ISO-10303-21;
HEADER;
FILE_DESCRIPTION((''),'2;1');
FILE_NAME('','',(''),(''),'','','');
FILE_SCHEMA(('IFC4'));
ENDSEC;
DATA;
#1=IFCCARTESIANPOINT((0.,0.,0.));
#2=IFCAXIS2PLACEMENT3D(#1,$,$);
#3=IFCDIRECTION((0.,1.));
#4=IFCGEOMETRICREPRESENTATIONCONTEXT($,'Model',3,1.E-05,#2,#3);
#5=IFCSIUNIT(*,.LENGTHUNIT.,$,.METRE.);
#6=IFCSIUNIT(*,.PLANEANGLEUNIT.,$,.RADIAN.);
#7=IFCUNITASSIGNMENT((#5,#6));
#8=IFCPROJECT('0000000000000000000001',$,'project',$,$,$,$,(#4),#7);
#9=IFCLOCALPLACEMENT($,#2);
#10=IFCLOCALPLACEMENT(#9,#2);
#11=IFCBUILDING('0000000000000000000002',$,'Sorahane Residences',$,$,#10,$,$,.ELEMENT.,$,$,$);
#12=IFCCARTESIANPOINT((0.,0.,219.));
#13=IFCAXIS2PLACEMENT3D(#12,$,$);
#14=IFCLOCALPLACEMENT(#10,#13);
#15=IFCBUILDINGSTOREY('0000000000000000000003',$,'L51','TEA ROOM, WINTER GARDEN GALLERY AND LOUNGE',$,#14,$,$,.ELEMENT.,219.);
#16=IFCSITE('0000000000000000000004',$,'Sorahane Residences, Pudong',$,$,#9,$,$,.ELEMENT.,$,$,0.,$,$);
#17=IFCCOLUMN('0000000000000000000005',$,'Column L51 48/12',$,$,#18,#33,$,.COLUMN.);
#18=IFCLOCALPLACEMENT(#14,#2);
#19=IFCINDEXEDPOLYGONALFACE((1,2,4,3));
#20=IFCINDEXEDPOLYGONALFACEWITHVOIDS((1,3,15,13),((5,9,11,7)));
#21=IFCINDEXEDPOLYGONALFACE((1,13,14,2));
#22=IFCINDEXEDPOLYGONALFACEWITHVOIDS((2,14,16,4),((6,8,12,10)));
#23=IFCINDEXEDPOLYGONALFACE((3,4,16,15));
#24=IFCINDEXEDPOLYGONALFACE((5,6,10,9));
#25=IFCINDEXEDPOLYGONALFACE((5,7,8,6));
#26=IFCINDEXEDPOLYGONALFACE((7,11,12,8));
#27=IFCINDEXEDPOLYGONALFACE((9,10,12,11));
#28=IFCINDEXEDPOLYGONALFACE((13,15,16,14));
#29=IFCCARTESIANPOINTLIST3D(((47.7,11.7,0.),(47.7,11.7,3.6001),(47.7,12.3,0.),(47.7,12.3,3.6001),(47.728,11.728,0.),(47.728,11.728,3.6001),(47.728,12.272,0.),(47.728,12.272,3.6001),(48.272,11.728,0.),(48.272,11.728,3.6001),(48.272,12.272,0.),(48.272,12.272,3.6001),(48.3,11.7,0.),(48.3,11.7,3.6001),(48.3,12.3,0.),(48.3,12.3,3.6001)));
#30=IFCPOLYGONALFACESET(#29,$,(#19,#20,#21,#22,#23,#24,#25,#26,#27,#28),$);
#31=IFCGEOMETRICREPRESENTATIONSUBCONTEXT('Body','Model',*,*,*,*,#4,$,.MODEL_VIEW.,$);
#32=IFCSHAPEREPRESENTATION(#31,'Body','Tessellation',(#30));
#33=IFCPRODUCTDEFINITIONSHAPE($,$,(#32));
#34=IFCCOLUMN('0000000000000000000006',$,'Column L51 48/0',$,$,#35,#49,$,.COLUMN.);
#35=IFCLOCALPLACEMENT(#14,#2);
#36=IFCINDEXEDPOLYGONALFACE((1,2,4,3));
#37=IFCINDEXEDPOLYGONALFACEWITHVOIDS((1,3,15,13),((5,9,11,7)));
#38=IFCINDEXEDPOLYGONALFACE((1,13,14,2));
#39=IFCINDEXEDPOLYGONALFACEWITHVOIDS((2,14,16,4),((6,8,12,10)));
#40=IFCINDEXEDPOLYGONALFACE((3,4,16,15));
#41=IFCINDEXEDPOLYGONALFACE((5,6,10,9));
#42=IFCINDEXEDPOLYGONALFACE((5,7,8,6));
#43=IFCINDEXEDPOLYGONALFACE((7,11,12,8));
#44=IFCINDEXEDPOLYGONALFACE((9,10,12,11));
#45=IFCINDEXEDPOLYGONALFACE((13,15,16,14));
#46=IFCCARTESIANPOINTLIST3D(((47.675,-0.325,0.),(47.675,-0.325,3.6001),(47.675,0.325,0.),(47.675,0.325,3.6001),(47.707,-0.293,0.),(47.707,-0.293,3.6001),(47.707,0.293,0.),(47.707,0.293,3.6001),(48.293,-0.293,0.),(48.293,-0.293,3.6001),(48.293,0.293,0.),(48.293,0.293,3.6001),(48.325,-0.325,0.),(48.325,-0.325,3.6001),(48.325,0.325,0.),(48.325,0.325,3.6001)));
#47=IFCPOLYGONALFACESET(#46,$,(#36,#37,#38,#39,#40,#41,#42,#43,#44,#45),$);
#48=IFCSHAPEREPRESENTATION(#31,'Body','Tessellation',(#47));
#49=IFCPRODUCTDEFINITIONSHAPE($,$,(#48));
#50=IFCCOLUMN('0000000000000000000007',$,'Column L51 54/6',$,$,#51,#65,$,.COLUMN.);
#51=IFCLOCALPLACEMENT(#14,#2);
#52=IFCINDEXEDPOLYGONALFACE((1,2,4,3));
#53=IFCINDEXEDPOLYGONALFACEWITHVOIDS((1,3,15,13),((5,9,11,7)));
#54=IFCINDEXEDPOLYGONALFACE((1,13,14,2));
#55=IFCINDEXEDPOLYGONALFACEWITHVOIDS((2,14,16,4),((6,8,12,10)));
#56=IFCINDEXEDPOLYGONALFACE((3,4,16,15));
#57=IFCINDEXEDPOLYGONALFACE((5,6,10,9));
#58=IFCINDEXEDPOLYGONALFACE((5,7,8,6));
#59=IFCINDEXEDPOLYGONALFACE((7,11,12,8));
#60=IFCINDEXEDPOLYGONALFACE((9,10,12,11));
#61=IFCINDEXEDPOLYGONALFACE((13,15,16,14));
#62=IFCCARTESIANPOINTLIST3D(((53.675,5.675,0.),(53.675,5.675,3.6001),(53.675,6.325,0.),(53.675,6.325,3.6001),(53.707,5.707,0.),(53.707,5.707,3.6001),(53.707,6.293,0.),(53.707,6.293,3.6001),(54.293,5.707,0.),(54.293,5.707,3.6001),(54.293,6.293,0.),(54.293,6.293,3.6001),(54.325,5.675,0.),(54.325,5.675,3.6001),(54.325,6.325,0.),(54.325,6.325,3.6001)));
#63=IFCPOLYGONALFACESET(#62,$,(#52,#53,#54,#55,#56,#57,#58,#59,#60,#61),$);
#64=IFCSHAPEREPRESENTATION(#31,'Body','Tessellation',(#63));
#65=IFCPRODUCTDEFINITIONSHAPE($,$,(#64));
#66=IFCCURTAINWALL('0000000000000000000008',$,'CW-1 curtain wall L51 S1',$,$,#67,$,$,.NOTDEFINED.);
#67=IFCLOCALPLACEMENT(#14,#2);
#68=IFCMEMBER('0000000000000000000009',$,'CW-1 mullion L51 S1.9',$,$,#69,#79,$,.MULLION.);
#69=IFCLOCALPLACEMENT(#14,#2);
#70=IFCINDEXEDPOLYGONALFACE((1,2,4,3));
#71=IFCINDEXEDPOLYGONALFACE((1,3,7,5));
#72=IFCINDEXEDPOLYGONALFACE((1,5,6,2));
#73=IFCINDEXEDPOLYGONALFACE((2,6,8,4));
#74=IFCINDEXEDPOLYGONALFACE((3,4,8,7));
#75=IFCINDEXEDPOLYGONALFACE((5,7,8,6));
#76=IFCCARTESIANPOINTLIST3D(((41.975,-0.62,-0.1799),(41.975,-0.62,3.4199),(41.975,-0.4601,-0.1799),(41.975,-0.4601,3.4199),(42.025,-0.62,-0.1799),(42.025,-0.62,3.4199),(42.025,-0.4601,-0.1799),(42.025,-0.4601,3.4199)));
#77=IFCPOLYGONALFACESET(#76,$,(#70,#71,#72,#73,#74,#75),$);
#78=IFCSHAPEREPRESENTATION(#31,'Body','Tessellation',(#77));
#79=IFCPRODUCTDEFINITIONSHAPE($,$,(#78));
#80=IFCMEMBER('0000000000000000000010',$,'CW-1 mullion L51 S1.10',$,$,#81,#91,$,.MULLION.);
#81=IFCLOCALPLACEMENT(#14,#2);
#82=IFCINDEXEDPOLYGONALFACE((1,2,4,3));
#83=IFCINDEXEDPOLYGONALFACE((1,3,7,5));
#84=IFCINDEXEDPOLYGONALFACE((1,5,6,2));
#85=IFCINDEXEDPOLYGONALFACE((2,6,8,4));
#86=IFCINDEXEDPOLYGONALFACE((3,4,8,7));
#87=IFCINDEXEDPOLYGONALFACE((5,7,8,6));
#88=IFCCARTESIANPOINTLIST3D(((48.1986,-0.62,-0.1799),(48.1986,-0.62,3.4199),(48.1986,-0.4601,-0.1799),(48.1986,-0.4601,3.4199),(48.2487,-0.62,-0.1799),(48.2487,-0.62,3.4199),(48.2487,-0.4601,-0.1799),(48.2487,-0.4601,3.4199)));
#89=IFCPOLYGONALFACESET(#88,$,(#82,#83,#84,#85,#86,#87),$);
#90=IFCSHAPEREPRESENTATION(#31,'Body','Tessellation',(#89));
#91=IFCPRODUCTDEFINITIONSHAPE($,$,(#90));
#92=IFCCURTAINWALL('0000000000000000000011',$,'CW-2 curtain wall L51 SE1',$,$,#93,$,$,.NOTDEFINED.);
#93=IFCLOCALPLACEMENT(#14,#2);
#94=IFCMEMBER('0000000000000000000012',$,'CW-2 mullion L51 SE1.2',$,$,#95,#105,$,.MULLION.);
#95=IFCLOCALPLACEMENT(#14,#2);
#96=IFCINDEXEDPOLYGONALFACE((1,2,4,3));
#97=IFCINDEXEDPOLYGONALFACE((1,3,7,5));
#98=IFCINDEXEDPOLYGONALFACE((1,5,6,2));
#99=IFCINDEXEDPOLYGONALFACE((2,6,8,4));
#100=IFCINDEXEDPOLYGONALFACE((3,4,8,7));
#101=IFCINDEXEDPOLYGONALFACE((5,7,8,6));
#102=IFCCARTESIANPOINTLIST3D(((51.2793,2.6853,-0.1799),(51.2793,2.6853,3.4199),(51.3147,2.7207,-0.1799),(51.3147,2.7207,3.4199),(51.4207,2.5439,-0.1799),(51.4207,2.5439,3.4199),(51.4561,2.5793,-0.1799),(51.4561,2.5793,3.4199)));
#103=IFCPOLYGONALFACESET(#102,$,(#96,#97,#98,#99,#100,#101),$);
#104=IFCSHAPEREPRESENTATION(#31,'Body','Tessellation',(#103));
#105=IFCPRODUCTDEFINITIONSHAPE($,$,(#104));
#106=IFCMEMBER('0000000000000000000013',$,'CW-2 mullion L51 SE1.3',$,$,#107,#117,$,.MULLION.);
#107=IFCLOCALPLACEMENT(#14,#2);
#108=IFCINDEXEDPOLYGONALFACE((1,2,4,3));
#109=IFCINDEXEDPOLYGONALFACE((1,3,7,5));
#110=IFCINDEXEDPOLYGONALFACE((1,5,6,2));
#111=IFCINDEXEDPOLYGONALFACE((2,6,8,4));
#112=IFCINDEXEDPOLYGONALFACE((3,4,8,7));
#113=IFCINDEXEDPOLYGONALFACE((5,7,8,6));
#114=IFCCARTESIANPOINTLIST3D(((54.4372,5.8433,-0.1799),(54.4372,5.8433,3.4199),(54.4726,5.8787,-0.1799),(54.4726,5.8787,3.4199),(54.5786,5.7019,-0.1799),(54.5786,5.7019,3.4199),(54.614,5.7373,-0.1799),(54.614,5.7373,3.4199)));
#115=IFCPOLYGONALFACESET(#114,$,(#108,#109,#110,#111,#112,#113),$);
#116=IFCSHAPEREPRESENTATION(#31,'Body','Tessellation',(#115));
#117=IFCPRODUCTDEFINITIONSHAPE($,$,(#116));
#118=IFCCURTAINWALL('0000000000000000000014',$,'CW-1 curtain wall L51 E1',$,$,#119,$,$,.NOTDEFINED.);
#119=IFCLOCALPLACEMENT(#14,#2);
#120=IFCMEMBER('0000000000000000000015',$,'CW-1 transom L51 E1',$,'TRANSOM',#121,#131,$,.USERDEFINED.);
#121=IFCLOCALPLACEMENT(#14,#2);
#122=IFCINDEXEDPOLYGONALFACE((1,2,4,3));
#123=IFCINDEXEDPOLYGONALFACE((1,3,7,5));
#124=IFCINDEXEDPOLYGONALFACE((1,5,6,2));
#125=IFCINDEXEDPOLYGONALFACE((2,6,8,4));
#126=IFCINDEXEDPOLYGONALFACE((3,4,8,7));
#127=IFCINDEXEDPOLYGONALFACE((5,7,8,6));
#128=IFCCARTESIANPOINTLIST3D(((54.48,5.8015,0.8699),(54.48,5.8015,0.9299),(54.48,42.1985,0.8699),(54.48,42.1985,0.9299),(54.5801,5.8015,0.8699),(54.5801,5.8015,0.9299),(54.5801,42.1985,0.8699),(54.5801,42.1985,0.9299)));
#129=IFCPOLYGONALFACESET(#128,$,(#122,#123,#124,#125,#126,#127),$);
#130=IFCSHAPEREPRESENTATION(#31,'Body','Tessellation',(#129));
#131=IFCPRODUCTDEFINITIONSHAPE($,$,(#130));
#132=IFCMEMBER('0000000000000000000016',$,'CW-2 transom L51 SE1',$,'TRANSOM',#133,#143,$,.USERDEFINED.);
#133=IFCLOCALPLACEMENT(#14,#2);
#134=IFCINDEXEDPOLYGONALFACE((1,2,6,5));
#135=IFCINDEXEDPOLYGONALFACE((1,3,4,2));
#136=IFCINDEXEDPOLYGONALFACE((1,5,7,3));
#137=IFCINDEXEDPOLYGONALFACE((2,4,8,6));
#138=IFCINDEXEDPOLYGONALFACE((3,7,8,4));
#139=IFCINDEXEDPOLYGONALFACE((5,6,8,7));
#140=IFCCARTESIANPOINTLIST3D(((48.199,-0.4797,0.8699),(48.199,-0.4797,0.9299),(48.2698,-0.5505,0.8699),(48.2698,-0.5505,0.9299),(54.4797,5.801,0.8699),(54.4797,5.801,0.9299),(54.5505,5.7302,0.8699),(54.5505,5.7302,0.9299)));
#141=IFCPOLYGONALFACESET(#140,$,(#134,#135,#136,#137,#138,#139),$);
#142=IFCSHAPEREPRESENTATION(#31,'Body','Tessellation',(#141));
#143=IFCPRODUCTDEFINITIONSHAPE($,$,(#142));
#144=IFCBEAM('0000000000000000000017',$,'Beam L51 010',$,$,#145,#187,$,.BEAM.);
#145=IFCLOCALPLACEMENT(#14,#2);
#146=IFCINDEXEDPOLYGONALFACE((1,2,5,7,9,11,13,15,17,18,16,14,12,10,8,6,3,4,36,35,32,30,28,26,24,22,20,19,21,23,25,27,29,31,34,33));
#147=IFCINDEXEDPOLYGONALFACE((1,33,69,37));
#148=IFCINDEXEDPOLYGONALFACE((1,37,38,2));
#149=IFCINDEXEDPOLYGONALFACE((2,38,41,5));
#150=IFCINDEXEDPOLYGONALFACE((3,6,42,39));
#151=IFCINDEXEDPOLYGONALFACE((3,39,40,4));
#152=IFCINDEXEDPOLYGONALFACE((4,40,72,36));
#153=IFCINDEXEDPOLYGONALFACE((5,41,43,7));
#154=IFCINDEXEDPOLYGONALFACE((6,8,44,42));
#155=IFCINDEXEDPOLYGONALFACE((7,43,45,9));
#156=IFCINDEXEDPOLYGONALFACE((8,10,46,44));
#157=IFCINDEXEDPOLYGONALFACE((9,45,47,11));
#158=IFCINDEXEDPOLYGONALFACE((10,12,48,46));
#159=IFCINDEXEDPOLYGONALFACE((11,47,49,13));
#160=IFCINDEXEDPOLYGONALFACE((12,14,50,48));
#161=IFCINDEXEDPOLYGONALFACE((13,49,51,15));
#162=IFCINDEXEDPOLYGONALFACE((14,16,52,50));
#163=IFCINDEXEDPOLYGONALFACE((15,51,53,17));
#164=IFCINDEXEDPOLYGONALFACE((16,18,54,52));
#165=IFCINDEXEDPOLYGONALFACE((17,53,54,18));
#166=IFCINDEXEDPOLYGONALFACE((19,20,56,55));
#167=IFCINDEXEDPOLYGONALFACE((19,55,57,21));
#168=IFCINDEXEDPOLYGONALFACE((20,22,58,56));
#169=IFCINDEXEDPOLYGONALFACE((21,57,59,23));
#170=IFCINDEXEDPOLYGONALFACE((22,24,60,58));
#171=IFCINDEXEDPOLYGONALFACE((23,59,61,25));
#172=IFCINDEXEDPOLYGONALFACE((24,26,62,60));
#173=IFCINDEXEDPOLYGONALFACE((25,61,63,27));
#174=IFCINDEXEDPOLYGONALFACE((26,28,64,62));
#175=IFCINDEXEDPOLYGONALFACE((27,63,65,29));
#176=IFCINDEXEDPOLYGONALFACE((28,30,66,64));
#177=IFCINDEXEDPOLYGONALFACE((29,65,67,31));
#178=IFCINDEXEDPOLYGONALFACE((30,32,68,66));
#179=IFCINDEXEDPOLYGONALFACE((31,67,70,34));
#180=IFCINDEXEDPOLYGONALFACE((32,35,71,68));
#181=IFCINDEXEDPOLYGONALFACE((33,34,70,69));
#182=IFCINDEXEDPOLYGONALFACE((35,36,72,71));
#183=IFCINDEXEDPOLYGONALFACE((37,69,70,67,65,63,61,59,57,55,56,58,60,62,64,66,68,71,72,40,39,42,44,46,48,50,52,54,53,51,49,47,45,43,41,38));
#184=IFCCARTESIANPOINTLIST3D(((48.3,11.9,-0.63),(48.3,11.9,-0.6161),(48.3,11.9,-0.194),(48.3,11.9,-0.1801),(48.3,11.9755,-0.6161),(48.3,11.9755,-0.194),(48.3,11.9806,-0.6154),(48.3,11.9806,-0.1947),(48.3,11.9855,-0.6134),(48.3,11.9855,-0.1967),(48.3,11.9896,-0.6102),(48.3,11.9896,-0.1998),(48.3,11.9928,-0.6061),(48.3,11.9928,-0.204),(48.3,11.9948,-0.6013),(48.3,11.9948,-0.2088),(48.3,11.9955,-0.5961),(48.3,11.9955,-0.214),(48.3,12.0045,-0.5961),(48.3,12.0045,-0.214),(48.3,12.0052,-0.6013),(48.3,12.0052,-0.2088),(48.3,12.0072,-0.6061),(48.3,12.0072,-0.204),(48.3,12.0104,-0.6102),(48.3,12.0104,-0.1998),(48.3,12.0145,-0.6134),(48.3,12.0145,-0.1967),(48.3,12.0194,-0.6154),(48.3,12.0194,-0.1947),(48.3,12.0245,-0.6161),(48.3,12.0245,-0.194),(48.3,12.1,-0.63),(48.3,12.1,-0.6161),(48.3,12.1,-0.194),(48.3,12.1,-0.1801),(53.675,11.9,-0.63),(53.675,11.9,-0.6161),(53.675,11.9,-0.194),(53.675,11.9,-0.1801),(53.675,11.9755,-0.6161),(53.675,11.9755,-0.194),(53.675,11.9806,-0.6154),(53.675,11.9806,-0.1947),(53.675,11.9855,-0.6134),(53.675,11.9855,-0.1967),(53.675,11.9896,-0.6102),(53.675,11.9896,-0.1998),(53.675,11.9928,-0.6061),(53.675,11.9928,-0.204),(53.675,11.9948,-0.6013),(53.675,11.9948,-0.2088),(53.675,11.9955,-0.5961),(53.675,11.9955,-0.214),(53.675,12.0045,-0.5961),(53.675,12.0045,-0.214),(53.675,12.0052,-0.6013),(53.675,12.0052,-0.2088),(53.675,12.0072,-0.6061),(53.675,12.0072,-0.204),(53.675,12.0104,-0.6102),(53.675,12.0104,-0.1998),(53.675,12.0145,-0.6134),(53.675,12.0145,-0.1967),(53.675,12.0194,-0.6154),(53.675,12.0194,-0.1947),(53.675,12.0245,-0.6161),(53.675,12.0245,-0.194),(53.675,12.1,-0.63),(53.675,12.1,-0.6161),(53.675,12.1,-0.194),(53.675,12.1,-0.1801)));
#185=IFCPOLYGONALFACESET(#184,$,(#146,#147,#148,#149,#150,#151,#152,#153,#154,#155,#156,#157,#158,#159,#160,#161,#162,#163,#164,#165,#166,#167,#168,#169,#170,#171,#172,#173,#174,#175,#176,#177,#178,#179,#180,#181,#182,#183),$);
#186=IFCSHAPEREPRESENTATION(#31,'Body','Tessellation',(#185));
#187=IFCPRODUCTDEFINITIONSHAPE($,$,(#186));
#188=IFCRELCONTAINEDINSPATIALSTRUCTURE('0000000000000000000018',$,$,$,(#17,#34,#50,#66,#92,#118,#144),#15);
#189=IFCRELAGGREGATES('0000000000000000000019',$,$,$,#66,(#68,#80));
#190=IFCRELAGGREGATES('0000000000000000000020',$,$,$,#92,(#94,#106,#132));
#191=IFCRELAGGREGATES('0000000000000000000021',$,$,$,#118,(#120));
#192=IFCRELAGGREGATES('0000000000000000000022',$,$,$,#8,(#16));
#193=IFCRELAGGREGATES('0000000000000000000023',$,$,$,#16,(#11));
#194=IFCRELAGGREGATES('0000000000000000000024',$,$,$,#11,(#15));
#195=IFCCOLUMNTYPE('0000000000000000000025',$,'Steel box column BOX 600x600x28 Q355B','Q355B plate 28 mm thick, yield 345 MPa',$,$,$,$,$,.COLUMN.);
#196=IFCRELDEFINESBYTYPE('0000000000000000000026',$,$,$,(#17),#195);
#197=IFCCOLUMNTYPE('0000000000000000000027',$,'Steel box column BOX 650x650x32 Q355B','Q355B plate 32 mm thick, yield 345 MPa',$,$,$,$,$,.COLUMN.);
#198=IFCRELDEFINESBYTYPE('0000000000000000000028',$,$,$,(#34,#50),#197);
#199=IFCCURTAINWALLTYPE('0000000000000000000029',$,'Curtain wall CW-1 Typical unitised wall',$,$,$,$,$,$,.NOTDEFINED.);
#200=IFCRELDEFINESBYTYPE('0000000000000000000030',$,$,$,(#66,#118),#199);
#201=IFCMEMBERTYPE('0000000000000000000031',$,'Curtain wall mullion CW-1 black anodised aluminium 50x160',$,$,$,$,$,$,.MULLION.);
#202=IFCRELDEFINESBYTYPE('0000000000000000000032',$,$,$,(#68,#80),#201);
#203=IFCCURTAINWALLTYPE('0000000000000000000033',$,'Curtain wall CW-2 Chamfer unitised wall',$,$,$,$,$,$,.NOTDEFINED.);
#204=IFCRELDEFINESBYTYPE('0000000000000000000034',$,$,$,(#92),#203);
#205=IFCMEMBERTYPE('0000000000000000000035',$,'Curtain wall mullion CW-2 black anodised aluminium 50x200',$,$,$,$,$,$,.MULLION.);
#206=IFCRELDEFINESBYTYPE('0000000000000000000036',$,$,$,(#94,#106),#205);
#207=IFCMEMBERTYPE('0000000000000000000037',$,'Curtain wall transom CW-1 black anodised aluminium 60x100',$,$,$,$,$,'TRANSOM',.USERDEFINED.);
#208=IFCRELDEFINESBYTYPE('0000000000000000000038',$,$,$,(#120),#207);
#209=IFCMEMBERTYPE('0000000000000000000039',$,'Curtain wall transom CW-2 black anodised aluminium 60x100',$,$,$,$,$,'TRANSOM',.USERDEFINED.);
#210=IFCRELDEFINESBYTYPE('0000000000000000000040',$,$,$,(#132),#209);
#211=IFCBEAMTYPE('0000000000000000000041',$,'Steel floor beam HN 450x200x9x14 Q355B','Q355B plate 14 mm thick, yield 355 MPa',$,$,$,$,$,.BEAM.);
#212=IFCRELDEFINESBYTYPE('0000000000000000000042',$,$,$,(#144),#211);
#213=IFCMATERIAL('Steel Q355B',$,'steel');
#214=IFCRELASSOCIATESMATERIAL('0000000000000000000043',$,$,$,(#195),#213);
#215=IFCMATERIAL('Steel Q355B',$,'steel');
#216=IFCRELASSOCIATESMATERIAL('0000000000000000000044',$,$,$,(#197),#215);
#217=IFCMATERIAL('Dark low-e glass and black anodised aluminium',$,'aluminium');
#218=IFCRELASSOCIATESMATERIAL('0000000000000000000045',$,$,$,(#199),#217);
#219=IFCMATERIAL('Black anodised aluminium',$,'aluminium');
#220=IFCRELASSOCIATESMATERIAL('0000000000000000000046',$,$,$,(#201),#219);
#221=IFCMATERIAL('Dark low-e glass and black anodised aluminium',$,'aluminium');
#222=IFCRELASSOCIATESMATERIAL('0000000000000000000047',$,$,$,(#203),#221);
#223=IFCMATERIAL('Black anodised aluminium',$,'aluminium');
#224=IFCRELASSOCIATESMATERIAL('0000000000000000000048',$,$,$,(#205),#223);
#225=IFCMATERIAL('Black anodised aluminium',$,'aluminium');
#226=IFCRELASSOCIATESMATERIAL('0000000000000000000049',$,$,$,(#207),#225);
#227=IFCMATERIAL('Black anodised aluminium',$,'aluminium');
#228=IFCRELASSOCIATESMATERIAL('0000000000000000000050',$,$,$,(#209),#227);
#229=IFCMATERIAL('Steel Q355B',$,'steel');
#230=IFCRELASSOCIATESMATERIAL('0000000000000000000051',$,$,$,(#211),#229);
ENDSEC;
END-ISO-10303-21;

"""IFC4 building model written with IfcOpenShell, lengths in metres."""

from ifc_helpers import new_model, si_unit, direction, frame, origin, origin_2d, place, context, subcontext, project, spatial, rectangle, hollow_rectangle, i_section, extrude, material, material_profile, profile_set, type_object, element, aggregate, save


model = new_model("IFC4")

# Units and contexts
model_context = context("Model", 3, precision=1e-05, world=origin(), true_north=direction((0.0, 1.0)))
body_context = subcontext(model_context, "Body", "Model", "MODEL_VIEW")
ifc_project = project(units=[si_unit("LENGTHUNIT", "METRE"), si_unit("PLANEANGLEUNIT", "RADIAN")], contexts=[model_context])

# Site, building, storey
site_placement = place(None, origin())
site = spatial("IfcSite", under=ifc_project, at=site_placement, Name="Sorahane Residences, Pudong", CompositionType="ELEMENT", RefElevation=0.0)
building_placement = place(site_placement, origin())
building = spatial("IfcBuilding", under=site, at=building_placement, Name="Sorahane Residences", CompositionType="ELEMENT")
storey_placement = place(building_placement, frame((0.0, 0.0, 219.0)))
storey = spatial("IfcBuildingStorey", under=building, at=storey_placement, Name="L51", Description="TEA ROOM, WINTER GARDEN GALLERY AND LOUNGE", CompositionType="ELEMENT", Elevation=219.0)

# Columns
ifc_material_1 = material(Name="Steel Q355B", Category="steel")
ifc_material_profile_1 = material_profile(ifc_material_1, hollow_rectangle(XDim=0.6001, YDim=0.6001, WallThickness=0.0281, at=origin_2d()), Name="BOX 600x600x28")
ifc_profile_set_1 = profile_set([ifc_material_profile_1], Name="Steel Q355B")
column_type_1 = type_object("IfcColumnType", Name="Steel box column BOX 600x600x28 Q355B", Description="Q355B plate 28 mm thick, yield 345 MPa", PredefinedType="COLUMN", material=ifc_profile_set_1)
column_placement = place(storey_placement, frame((48.0, 12.0, 0.0), z_axis=(0.0, 0.0, 1.0), x_axis=(1.0, 0.0, 0.0)))
element("IfcColumn", 1, at=column_placement, inside=storey, type_object=column_type_1, Name="Column L51 48/12", PredefinedType="COLUMN", context=body_context, shape_type="SweptSolid", body=[
    extrude(hollow_rectangle(XDim=0.6001, YDim=0.6001, WallThickness=0.0281, at=origin_2d()), origin(), (0.0, 0.0, 1.0), 3.6001),
])
ifc_material_2 = material(Name="Steel Q355B", Category="steel")
ifc_material_profile_2 = material_profile(ifc_material_2, hollow_rectangle(XDim=0.6499, YDim=0.6499, WallThickness=0.032, at=origin_2d()), Name="BOX 650x650x32")
ifc_profile_set_2 = profile_set([ifc_material_profile_2], Name="Steel Q355B")
column_type_2 = type_object("IfcColumnType", Name="Steel box column BOX 650x650x32 Q355B", Description="Q355B plate 32 mm thick, yield 345 MPa", PredefinedType="COLUMN", material=ifc_profile_set_2)
for number, where, z_axis, x_axis, name in (
    (2, (48.0, 0.0, 0.0), (0.0, 0.0, 1.0), (1.0, 0.0, 0.0), "Column L51 48/0"),
    (3, (54.0, 6.0, 0.0), (0.0, 0.0, 1.0), (1.0, 0.0, 0.0), "Column L51 54/6"),
):
    element("IfcColumn", number, at=place(storey_placement, frame(where, z_axis=z_axis, x_axis=x_axis)), inside=storey, type_object=column_type_2, Name=name, PredefinedType="COLUMN", context=body_context, shape_type="SweptSolid", body=[
        extrude(hollow_rectangle(XDim=0.6499, YDim=0.6499, WallThickness=0.032, at=origin_2d()), origin(), (0.0, 0.0, 1.0), 3.6001),
    ])

# Curtain walls, members
ifc_material_3 = material(Name="Dark low-e glass and black anodised aluminium", Category="aluminium")
curtain_wall_type_1 = type_object("IfcCurtainWallType", Name="Curtain wall CW-1 Typical unitised wall", PredefinedType="NOTDEFINED", material=ifc_material_3)
curtain_wall_1_placement = place(storey_placement, origin())
curtain_wall_1 = element("IfcCurtainWall", 4, at=curtain_wall_1_placement, inside=storey, type_object=curtain_wall_type_1, Name="CW-1 curtain wall L51 S1", PredefinedType="NOTDEFINED")
ifc_material_4 = material(Name="Black anodised aluminium", Category="aluminium")
ifc_material_profile_3 = material_profile(ifc_material_4, rectangle(XDim=0.1599, YDim=0.05, at=origin_2d()), Name="Curtain wall mullion CW-1 black anodised aluminium 50x160")
ifc_profile_set_3 = profile_set([ifc_material_profile_3], Name="Black anodised aluminium")
member_type_1 = type_object("IfcMemberType", Name="Curtain wall mullion CW-1 black anodised aluminium 50x160", PredefinedType="MULLION", material=ifc_profile_set_3)
member_1_placement = place(storey_placement, frame((42.0, -0.54, -0.1799), z_axis=(0.0, 0.0, 1.0), x_axis=(0.0, -1.0, 0.0)))
member_1 = element("IfcMember", 5, at=member_1_placement, type_object=member_type_1, Name="CW-1 mullion L51 S1.9", PredefinedType="MULLION", context=body_context, shape_type="SweptSolid", body=[
    extrude(rectangle(XDim=0.1599, YDim=0.05, at=origin_2d()), origin(), (0.0, 0.0, 1.0), 3.5999),
])
member_2_placement = place(storey_placement, frame((48.2236, -0.54, -0.1799), z_axis=(0.0, 0.0, 1.0), x_axis=(0.0, -1.0, 0.0)))
member_2 = element("IfcMember", 6, at=member_2_placement, type_object=member_type_1, Name="CW-1 mullion L51 S1.10", PredefinedType="MULLION", context=body_context, shape_type="SweptSolid", body=[
    extrude(rectangle(XDim=0.1599, YDim=0.05, at=origin_2d()), origin(), (0.0, 0.0, 1.0), 3.5999),
])
ifc_material_5 = material(Name="Dark low-e glass and black anodised aluminium", Category="aluminium")
curtain_wall_type_2 = type_object("IfcCurtainWallType", Name="Curtain wall CW-2 Chamfer unitised wall", PredefinedType="NOTDEFINED", material=ifc_material_5)
curtain_wall_2_placement = place(storey_placement, origin())
curtain_wall_2 = element("IfcCurtainWall", 7, at=curtain_wall_2_placement, inside=storey, type_object=curtain_wall_type_2, Name="CW-2 curtain wall L51 SE1", PredefinedType="NOTDEFINED")
ifc_material_6 = material(Name="Black anodised aluminium", Category="aluminium")
ifc_material_profile_4 = material_profile(ifc_material_6, rectangle(XDim=0.2, YDim=0.05, at=origin_2d()), Name="Curtain wall mullion CW-2 black anodised aluminium 50x200")
ifc_profile_set_4 = profile_set([ifc_material_profile_4], Name="Black anodised aluminium")
member_type_2 = type_object("IfcMemberType", Name="Curtain wall mullion CW-2 black anodised aluminium 50x200", PredefinedType="MULLION", material=ifc_profile_set_4)
member_3_placement = place(storey_placement, frame((51.3677, 2.6323, -0.1799), z_axis=(0.0, 0.0, 1.0), x_axis=(0.707107, -0.707107, 0.0)))
member_3 = element("IfcMember", 8, at=member_3_placement, type_object=member_type_2, Name="CW-2 mullion L51 SE1.2", PredefinedType="MULLION", context=body_context, shape_type="SweptSolid", body=[
    extrude(rectangle(XDim=0.2, YDim=0.05, at=origin_2d()), origin(), (0.0, 0.0, 1.0), 3.5999),
])
member_4_placement = place(storey_placement, frame((54.5256, 5.7903, -0.1799), z_axis=(0.0, 0.0, 1.0), x_axis=(0.707107, -0.707107, 0.0)))
member_4 = element("IfcMember", 9, at=member_4_placement, type_object=member_type_2, Name="CW-2 mullion L51 SE1.3", PredefinedType="MULLION", context=body_context, shape_type="SweptSolid", body=[
    extrude(rectangle(XDim=0.2, YDim=0.05, at=origin_2d()), origin(), (0.0, 0.0, 1.0), 3.5999),
])

# Curtain wall, member
curtain_wall_3_placement = place(storey_placement, origin())
curtain_wall_3 = element("IfcCurtainWall", 10, at=curtain_wall_3_placement, inside=storey, type_object=curtain_wall_type_1, Name="CW-1 curtain wall L51 E1", PredefinedType="NOTDEFINED")
ifc_material_7 = material(Name="Black anodised aluminium", Category="aluminium")
ifc_material_profile_5 = material_profile(ifc_material_7, rectangle(XDim=0.1001, YDim=0.0601, at=origin_2d()), Name="Curtain wall transom CW-1 black anodised aluminium 60x100")
ifc_profile_set_5 = profile_set([ifc_material_profile_5], Name="Black anodised aluminium")
member_type_3 = type_object("IfcMemberType", Name="Curtain wall transom CW-1 black anodised aluminium 60x100", ElementType="TRANSOM", PredefinedType="USERDEFINED", material=ifc_profile_set_5)
member_5_placement = place(storey_placement, frame((54.53, 5.8015, 0.8999), z_axis=(0.0, 1.0, 0.0), x_axis=(-1.0, 0.0, 0.0)))
member_5 = element("IfcMember", 11, at=member_5_placement, type_object=member_type_3, Name="CW-1 transom L51 E1", ObjectType="TRANSOM", PredefinedType="USERDEFINED", context=body_context, shape_type="SweptSolid", body=[
    extrude(rectangle(XDim=0.1001, YDim=0.0601, at=origin_2d()), origin(), (0.0, 0.0, 1.0), 36.397),
])

# Member
ifc_material_8 = material(Name="Black anodised aluminium", Category="aluminium")
ifc_material_profile_6 = material_profile(ifc_material_8, rectangle(XDim=0.1001, YDim=0.0601, at=origin_2d()), Name="Curtain wall transom CW-2 black anodised aluminium 60x100")
ifc_profile_set_6 = profile_set([ifc_material_profile_6], Name="Black anodised aluminium")
member_type_4 = type_object("IfcMemberType", Name="Curtain wall transom CW-2 black anodised aluminium 60x100", ElementType="TRANSOM", PredefinedType="USERDEFINED", material=ifc_profile_set_6)
member_6_placement = place(storey_placement, frame((48.2344, -0.5151, 0.8999), z_axis=(0.707107, 0.707107, 0.0), x_axis=(-0.707107, 0.707107, 0.0)))
member_6 = element("IfcMember", 12, at=member_6_placement, type_object=member_type_4, Name="CW-2 transom L51 SE1", ObjectType="TRANSOM", PredefinedType="USERDEFINED", context=body_context, shape_type="SweptSolid", body=[
    extrude(rectangle(XDim=0.1001, YDim=0.0601, at=origin_2d()), origin(), (0.0, 0.0, 1.0), 8.8823),
])

# Beam
ifc_material_9 = material(Name="Steel Q355B", Category="steel")
ifc_material_profile_7 = material_profile(ifc_material_9, i_section(OverallWidth=0.2, OverallDepth=0.45, WebThickness=0.009, FlangeThickness=0.0139, FilletRadius=0.02, at=origin_2d()), Name="HN 450x200x9x14")
ifc_profile_set_7 = profile_set([ifc_material_profile_7], Name="Steel Q355B")
beam_type_1 = type_object("IfcBeamType", Name="Steel floor beam HN 450x200x9x14 Q355B", Description="Q355B plate 14 mm thick, yield 355 MPa", PredefinedType="BEAM", material=ifc_profile_set_7)
beam_1_placement = place(storey_placement, frame((48.3, 12.0, -0.405), z_axis=(1.0, 0.0, 0.0), x_axis=(0.0, 1.0, 0.0)))
element("IfcBeam", 13, at=beam_1_placement, inside=storey, type_object=beam_type_1, Name="Beam L51 010", PredefinedType="BEAM", context=body_context, shape_type="SweptSolid", body=[
    extrude(i_section(OverallWidth=0.2, OverallDepth=0.45, WebThickness=0.009, FlangeThickness=0.0139, FilletRadius=0.02, at=origin_2d()), origin(), (0.0, 0.0, 1.0), 5.375),
])

aggregate(curtain_wall_1, [member_1, member_2])
aggregate(curtain_wall_2, [member_3, member_4, member_6])
aggregate(curtain_wall_3, [member_5])

save(model, "model.ifc")
